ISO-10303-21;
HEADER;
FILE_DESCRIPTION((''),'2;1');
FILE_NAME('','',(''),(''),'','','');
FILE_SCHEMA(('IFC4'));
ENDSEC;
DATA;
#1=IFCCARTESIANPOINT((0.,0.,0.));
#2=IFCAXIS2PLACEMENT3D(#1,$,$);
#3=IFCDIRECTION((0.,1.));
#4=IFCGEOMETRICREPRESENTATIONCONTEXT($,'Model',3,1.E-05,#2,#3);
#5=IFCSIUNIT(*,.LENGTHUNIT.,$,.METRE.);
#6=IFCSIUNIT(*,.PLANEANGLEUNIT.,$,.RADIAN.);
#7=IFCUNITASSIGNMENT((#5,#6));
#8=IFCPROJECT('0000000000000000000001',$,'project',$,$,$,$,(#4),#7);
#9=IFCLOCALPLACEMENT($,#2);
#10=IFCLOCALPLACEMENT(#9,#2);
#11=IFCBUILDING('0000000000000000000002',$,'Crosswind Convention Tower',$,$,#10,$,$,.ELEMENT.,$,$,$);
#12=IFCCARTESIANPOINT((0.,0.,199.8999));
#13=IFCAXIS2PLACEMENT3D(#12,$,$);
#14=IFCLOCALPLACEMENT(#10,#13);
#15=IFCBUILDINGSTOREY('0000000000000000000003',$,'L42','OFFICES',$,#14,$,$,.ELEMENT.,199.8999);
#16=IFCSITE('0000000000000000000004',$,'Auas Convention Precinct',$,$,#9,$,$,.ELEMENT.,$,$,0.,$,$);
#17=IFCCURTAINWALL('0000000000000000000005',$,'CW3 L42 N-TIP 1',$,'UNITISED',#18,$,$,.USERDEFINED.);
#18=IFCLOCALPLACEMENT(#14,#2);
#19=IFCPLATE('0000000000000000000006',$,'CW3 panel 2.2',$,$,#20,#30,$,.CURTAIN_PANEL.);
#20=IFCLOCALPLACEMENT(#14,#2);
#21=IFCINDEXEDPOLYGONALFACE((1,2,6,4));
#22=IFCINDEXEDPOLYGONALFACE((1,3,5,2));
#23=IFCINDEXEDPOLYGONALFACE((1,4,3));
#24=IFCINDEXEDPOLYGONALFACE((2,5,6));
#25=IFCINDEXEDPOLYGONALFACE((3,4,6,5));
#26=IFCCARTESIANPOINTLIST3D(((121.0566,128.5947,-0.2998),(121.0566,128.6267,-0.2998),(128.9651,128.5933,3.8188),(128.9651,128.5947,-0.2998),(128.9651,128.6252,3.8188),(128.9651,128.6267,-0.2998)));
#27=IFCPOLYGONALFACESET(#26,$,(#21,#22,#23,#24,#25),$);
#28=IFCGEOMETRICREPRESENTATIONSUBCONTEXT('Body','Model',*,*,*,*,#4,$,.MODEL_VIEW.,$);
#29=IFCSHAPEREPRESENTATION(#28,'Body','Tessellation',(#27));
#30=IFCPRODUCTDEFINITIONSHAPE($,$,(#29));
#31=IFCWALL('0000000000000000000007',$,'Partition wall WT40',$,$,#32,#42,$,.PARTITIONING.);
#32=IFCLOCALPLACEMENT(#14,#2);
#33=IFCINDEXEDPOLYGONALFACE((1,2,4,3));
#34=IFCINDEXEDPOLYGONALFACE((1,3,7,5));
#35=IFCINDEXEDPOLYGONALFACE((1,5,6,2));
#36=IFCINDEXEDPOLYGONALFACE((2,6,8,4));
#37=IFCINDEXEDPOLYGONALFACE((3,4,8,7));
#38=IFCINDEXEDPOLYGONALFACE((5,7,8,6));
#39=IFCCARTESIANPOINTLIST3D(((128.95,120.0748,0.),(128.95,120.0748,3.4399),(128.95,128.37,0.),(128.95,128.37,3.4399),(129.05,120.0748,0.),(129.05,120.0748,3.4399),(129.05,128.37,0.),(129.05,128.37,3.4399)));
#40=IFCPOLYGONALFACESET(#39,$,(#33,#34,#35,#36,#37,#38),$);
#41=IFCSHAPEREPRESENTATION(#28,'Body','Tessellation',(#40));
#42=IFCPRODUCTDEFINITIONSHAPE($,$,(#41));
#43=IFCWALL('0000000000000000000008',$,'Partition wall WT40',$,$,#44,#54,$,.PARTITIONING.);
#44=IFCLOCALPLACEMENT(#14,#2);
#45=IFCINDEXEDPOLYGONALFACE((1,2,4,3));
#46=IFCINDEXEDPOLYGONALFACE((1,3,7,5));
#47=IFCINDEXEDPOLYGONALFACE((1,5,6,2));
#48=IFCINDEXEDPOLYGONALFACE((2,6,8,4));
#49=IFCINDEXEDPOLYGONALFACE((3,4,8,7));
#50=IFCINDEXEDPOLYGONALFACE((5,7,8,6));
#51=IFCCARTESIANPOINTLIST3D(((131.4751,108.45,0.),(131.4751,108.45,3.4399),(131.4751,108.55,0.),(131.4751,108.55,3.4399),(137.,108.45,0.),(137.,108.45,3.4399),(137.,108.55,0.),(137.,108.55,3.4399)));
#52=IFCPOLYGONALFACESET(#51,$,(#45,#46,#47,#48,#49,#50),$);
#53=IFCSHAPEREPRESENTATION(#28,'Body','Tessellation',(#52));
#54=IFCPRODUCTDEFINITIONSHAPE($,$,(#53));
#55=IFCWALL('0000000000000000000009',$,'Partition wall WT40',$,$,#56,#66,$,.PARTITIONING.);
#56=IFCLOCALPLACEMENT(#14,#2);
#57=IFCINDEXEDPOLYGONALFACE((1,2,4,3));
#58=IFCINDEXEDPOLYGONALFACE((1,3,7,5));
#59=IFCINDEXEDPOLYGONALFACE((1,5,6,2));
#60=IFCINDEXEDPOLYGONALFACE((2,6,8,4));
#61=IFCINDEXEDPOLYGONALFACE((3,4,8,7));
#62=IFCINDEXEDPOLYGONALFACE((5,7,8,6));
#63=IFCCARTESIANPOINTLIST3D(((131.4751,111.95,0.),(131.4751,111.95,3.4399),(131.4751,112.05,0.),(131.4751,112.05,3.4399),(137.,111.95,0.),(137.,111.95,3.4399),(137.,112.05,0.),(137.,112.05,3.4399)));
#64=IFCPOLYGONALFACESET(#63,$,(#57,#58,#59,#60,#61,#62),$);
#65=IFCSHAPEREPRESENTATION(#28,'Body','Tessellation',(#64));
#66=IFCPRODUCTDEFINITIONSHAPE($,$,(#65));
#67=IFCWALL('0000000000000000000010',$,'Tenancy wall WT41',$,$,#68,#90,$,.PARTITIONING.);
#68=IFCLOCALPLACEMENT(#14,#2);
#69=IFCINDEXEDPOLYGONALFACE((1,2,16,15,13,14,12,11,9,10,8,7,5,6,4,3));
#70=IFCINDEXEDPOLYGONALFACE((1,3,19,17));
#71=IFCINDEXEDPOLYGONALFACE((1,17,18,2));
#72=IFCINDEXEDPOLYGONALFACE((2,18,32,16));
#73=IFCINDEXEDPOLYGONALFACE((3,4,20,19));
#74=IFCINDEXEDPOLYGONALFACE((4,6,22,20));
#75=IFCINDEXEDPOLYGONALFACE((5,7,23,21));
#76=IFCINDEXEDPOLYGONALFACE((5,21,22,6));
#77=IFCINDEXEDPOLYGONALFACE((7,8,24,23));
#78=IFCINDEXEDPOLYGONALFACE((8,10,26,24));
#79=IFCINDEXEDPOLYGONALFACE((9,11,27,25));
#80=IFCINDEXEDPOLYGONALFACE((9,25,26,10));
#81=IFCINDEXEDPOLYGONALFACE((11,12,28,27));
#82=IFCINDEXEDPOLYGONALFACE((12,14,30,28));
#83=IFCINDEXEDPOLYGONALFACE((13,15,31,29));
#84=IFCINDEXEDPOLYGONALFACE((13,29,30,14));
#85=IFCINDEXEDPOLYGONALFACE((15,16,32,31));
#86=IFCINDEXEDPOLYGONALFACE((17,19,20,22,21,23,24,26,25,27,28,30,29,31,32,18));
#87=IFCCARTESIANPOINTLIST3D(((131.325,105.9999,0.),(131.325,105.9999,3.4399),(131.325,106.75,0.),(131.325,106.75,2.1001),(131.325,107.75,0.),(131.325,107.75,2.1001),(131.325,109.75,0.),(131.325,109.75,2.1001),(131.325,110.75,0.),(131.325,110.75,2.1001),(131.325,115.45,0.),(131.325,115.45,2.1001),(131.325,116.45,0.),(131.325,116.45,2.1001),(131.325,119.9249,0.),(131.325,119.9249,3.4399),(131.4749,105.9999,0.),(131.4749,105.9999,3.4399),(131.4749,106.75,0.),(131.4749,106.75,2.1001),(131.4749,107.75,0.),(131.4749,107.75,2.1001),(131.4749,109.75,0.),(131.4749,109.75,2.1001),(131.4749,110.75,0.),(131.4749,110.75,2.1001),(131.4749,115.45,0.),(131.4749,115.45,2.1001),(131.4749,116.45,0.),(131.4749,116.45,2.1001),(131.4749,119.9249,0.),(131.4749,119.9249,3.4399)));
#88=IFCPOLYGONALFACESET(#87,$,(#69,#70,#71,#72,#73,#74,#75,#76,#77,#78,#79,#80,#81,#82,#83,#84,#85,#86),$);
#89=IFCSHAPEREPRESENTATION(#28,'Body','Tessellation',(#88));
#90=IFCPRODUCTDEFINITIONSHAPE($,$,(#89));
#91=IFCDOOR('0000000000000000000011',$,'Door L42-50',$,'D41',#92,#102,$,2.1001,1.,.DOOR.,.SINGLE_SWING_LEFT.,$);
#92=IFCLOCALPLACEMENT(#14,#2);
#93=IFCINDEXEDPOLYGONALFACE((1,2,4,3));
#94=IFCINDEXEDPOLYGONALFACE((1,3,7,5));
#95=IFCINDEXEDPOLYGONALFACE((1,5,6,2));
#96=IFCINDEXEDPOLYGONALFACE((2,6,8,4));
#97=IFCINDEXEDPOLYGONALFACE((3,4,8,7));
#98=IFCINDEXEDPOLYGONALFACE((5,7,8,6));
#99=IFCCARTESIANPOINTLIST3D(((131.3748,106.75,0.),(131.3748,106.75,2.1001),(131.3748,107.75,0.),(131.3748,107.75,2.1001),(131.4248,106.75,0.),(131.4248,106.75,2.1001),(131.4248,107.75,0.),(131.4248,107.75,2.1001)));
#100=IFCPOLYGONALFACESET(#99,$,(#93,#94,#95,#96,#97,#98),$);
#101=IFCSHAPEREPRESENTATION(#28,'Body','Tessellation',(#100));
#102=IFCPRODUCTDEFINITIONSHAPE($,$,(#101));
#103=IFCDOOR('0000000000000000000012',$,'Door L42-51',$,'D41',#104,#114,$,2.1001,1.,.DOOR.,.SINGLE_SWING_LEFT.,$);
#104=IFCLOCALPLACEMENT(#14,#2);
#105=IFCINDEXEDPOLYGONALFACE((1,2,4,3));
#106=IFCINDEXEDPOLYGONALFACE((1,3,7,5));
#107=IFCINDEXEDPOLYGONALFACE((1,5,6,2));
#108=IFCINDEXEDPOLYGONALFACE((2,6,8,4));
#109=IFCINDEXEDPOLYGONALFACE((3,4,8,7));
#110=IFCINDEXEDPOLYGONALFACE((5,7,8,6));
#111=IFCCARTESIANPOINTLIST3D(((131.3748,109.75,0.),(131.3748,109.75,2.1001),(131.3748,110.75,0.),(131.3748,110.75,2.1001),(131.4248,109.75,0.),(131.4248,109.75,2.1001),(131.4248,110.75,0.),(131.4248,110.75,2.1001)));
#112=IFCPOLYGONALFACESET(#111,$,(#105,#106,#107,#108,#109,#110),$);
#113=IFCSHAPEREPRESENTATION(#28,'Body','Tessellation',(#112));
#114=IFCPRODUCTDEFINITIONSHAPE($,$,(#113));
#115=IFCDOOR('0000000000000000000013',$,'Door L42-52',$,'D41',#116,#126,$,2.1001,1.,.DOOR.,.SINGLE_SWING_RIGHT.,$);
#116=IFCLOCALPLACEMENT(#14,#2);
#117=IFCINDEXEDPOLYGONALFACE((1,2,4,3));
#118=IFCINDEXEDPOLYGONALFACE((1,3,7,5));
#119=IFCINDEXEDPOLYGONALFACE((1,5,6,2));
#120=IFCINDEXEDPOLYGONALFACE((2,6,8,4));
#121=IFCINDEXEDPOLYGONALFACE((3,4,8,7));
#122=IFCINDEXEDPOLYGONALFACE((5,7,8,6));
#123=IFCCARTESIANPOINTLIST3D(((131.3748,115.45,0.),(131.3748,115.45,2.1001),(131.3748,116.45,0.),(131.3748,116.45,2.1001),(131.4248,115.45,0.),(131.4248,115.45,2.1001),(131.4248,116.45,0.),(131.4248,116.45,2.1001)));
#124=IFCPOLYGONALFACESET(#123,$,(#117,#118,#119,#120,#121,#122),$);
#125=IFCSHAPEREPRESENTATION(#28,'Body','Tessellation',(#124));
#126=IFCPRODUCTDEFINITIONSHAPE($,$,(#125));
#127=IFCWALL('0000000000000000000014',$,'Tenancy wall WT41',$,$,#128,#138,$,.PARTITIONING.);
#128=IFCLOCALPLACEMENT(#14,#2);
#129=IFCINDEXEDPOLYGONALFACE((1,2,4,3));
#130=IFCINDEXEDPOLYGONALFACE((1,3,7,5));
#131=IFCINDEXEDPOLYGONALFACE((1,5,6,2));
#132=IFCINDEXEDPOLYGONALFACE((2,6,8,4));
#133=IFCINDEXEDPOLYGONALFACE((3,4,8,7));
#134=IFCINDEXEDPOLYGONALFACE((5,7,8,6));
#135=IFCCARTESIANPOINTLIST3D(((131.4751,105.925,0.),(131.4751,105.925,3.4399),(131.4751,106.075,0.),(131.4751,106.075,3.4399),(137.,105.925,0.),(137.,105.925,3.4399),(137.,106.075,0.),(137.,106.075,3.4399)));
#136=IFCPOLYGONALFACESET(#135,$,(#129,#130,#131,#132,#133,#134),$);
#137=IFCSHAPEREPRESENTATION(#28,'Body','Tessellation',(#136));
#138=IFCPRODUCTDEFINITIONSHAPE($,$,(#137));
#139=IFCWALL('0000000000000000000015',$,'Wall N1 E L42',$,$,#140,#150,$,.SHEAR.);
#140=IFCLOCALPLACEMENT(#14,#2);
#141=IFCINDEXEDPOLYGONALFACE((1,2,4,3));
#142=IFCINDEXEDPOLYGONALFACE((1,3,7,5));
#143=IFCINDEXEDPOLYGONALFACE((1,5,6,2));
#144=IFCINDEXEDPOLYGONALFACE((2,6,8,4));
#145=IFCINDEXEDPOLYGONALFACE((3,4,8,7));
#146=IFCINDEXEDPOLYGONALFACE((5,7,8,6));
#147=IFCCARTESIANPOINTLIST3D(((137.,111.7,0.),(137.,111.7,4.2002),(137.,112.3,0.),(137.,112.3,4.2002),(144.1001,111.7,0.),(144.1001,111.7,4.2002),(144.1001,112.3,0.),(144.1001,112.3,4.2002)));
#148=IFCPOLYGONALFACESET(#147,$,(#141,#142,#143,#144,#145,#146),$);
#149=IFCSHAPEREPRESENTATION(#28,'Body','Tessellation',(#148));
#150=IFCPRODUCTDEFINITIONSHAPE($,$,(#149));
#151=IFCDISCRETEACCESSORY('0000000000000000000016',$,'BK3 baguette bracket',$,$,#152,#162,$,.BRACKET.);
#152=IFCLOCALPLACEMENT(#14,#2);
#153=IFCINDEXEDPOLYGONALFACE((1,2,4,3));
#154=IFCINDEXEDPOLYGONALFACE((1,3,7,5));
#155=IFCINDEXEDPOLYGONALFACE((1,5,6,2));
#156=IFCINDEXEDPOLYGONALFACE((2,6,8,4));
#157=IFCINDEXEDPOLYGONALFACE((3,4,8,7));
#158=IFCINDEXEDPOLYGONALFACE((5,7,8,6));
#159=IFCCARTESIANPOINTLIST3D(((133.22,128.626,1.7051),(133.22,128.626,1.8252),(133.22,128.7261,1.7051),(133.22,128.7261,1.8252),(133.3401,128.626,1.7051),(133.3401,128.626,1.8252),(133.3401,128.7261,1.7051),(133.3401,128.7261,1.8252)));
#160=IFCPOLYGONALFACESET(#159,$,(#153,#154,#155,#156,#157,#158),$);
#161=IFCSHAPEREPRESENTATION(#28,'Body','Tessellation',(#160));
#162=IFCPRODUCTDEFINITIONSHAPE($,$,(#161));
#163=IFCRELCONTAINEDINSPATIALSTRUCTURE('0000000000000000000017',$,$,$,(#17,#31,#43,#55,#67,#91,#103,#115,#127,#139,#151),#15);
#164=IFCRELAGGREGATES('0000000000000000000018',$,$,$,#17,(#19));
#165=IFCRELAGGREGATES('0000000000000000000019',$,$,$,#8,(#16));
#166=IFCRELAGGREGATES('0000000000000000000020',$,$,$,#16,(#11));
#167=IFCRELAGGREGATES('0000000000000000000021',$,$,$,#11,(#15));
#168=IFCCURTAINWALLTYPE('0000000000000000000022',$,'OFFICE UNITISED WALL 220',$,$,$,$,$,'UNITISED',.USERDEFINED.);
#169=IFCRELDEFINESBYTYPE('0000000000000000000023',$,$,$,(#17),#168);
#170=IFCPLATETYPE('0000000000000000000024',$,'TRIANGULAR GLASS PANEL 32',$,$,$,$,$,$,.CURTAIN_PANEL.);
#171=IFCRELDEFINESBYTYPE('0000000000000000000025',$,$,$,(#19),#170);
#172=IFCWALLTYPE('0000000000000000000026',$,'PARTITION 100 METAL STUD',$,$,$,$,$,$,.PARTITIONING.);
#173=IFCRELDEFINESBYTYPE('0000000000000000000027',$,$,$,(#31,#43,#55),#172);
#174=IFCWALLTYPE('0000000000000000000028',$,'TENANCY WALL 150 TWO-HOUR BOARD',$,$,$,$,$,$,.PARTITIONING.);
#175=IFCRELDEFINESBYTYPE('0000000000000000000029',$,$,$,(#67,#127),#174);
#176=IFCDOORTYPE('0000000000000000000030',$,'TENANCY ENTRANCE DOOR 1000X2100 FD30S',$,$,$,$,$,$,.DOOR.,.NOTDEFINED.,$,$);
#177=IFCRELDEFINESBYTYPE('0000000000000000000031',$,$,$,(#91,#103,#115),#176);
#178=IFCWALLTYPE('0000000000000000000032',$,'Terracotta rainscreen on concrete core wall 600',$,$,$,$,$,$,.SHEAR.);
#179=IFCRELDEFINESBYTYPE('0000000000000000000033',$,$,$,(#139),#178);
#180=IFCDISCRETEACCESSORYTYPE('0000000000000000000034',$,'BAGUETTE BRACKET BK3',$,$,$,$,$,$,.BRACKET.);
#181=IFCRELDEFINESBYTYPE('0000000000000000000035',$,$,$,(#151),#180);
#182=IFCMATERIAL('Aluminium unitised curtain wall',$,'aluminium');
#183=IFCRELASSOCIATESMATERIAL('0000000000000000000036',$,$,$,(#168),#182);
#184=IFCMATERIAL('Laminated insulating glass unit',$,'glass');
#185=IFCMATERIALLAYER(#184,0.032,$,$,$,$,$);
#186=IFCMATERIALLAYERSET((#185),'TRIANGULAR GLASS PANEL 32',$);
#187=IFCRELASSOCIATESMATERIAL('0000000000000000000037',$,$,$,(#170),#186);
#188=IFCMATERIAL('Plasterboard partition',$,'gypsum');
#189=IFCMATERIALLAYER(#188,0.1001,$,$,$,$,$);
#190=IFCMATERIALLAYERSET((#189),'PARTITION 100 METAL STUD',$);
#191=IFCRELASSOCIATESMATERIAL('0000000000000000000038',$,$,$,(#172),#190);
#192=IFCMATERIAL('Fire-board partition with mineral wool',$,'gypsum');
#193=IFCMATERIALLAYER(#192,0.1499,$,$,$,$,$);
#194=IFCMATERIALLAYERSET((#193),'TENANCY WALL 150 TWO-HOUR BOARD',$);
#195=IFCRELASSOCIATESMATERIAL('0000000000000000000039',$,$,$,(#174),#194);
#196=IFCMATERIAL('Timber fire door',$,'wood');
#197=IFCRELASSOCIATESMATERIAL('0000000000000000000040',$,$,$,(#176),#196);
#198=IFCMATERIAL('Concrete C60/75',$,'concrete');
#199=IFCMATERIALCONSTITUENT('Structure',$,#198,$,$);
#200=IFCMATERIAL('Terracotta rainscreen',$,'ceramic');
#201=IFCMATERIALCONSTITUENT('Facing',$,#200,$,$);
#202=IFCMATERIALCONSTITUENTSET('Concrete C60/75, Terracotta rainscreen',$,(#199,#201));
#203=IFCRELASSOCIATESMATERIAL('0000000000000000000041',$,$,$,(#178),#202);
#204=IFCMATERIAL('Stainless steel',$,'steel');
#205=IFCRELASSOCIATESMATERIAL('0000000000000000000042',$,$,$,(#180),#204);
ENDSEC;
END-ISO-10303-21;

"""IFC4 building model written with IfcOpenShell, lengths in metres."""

from ifc_helpers import new_model, si_unit, direction, frame, frame_2d, origin, origin_2d, place, context, subcontext, project, spatial, polyline, rectangle, outline, extrude, material, layer, layer_set, constituent, constituent_set, type_object, element, fill, aggregate, save


model = new_model("IFC4")

# Units and contexts
model_context = context("Model", 3, precision=1e-05, world=origin(), true_north=direction((0.0, 1.0)))
body_context = subcontext(model_context, "Body", "Model", "MODEL_VIEW")
ifc_project = project(units=[si_unit("LENGTHUNIT", "METRE"), si_unit("PLANEANGLEUNIT", "RADIAN")], contexts=[model_context])

# Site, building, storey
site_placement = place(None, origin())
site = spatial("IfcSite", under=ifc_project, at=site_placement, Name="Auas Convention Precinct", CompositionType="ELEMENT", RefElevation=0.0)
building_placement = place(site_placement, origin())
building = spatial("IfcBuilding", under=site, at=building_placement, Name="Crosswind Convention Tower", CompositionType="ELEMENT")
storey_placement = place(building_placement, frame((0.0, 0.0, 199.8999)))
storey = spatial("IfcBuildingStorey", under=building, at=storey_placement, Name="L42", Description="OFFICES", CompositionType="ELEMENT", Elevation=199.8999)

# Shared definitions
ifc_material_1 = material(Name="Concrete C60/75", Category="concrete")

# Curtain wall
ifc_material_2 = material(Name="Aluminium unitised curtain wall", Category="aluminium")
curtain_wall_type = type_object("IfcCurtainWallType", Name="OFFICE UNITISED WALL 220", ElementType="UNITISED", PredefinedType="USERDEFINED", material=ifc_material_2)
curtain_wall_placement = place(storey_placement, origin())
curtain_wall = element("IfcCurtainWall", 1, at=curtain_wall_placement, inside=storey, type_object=curtain_wall_type, Name="CW3 L42 N-TIP 1", ObjectType="UNITISED", PredefinedType="USERDEFINED")

# Plate
ifc_material_3 = material(Name="Laminated insulating glass unit", Category="glass")
ifc_layer_1 = layer(ifc_material_3, 0.032)
ifc_layer_set_1 = layer_set([ifc_layer_1], Name="TRIANGULAR GLASS PANEL 32")
plate_type = type_object("IfcPlateType", Name="TRIANGULAR GLASS PANEL 32", PredefinedType="CURTAIN_PANEL", material=ifc_layer_set_1)
plate_1_placement = place(storey_placement, frame((128.9651, 128.6267, -0.2998), z_axis=(0.0, 1.0, 0.000356), x_axis=(-1.0, 0.0, 0.0)))
plate_1 = element("IfcPlate", 2, at=plate_1_placement, type_object=plate_type, Name="CW3 panel 2.2", PredefinedType="CURTAIN_PANEL", context=body_context, shape_type="SweptSolid", body=[
    extrude(outline(polyline([(0.0, 0.0), (7.9084, 0.0), (0.0, 4.1187), (0.0, 0.0)])), origin(), (0.0, 0.0, -1.0), 0.032),
])
aggregate(curtain_wall, [plate_1])

# Walls
ifc_material_4 = material(Name="Plasterboard partition", Category="gypsum")
ifc_layer_2 = layer(ifc_material_4, 0.1001)
ifc_layer_set_2 = layer_set([ifc_layer_2], Name="PARTITION 100 METAL STUD")
wall_type_1 = type_object("IfcWallType", Name="PARTITION 100 METAL STUD", PredefinedType="PARTITIONING", material=ifc_layer_set_2)
wall_1_placement = place(storey_placement, frame((129.0, 120.075, 0.0), z_axis=(0.0, 0.0, 1.0), x_axis=(0.0, 1.0, 0.0)))
element("IfcWall", 3, at=wall_1_placement, inside=storey, type_object=wall_type_1, Name="Partition wall WT40", PredefinedType="PARTITIONING", context=body_context, shape_type="SweptSolid", body=[
    extrude(rectangle(XDim=8.2952, YDim=0.1001, at=frame_2d((4.1475, 0.0))), origin(), (0.0, 0.0, 1.0), 3.4399),
])
for number, where, z_axis, x_axis, name in (
    (4, (131.4751, 108.5, 0.0), (0.0, 0.0, 1.0), (1.0, 0.0, 0.0), "Partition wall WT40"),
    (5, (131.4751, 112.0, 0.0), (0.0, 0.0, 1.0), (1.0, 0.0, 0.0), "Partition wall WT40"),
):
    element("IfcWall", number, at=place(storey_placement, frame(where, z_axis=z_axis, x_axis=x_axis)), inside=storey, type_object=wall_type_1, Name=name, PredefinedType="PARTITIONING", context=body_context, shape_type="SweptSolid", body=[
        extrude(rectangle(XDim=5.5249, YDim=0.1001, at=frame_2d((2.7625, 0.0))), origin(), (0.0, 0.0, 1.0), 3.4399),
    ])

# Wall, openings, doors
ifc_material_5 = material(Name="Fire-board partition with mineral wool", Category="gypsum")
ifc_layer_3 = layer(ifc_material_5, 0.1499)
ifc_layer_set_3 = layer_set([ifc_layer_3], Name="TENANCY WALL 150 TWO-HOUR BOARD")
wall_type_2 = type_object("IfcWallType", Name="TENANCY WALL 150 TWO-HOUR BOARD", PredefinedType="PARTITIONING", material=ifc_layer_set_3)
wall_2_placement = place(storey_placement, frame((131.3999, 106.0, 0.0), z_axis=(0.0, 0.0, 1.0), x_axis=(0.0, 1.0, 0.0)))
wall_2 = element("IfcWall", 6, at=wall_2_placement, inside=storey, type_object=wall_type_2, Name="Tenancy wall WT41", PredefinedType="PARTITIONING", context=body_context, shape_type="SweptSolid", body=[
    extrude(rectangle(XDim=13.925, YDim=0.1499, at=frame_2d((6.9624, 0.0))), origin(), (0.0, 0.0, 1.0), 3.4399),
])
opening_1_placement = place(wall_2_placement, frame((0.75, 0.0, 0.0)))
opening_1 = element("IfcOpeningElement", 7, at=opening_1_placement, cuts=wall_2, PredefinedType="OPENING", context=body_context, shape_type="SweptSolid", body=[
    extrude(rectangle(XDim=1.0, YDim=2.1001, at=frame_2d((0.5, 1.05))), frame((0.0, 0.085, 0.0), z_axis=(0.0, -1.0, 0.0), x_axis=(1.0, 0.0, 0.0)), (0.0, 0.0, 1.0), 0.1699),
])
opening_2_placement = place(wall_2_placement, frame((3.75, 0.0, 0.0)))
opening_2 = element("IfcOpeningElement", 8, at=opening_2_placement, cuts=wall_2, PredefinedType="OPENING", context=body_context, shape_type="SweptSolid", body=[
    extrude(rectangle(XDim=1.0, YDim=2.1001, at=frame_2d((0.5, 1.05))), frame((0.0, 0.085, 0.0), z_axis=(0.0, -1.0, 0.0), x_axis=(1.0, 0.0, 0.0)), (0.0, 0.0, 1.0), 0.1699),
])
opening_3_placement = place(wall_2_placement, frame((9.45, 0.0, 0.0)))
opening_3 = element("IfcOpeningElement", 9, at=opening_3_placement, cuts=wall_2, PredefinedType="OPENING", context=body_context, shape_type="SweptSolid", body=[
    extrude(rectangle(XDim=1.0, YDim=2.1001, at=frame_2d((0.5, 1.05))), frame((0.0, 0.085, 0.0), z_axis=(0.0, -1.0, 0.0), x_axis=(1.0, 0.0, 0.0)), (0.0, 0.0, 1.0), 0.1699),
])
ifc_material_6 = material(Name="Timber fire door", Category="wood")
door_type = type_object("IfcDoorType", Name="TENANCY ENTRANCE DOOR 1000X2100 FD30S", OperationType="NOTDEFINED", PredefinedType="DOOR", material=ifc_material_6)
door_1_placement = place(opening_1_placement, frame((1.0, 0.0, 0.0), z_axis=(0.0, 0.0, 1.0), x_axis=(-1.0, 0.0, 0.0)))
door_1 = element("IfcDoor", 10, at=door_1_placement, inside=storey, type_object=door_type, Name="Door L42-50", ObjectType="D41", OperationType="SINGLE_SWING_LEFT", OverallHeight=2.1001, OverallWidth=1.0, PredefinedType="DOOR", context=body_context, shape_type="SweptSolid", body=[
    extrude(rectangle(XDim=1.0, YDim=2.1001, at=frame_2d((0.5, 1.05))), frame((0.0, 0.0249, 0.0), z_axis=(0.0, -1.0, 0.0), x_axis=(1.0, 0.0, 0.0)), (0.0, 0.0, 1.0), 0.05),
])
fill(opening_1, door_1)
door_2_placement = place(opening_2_placement, frame((1.0, 0.0, 0.0), z_axis=(0.0, 0.0, 1.0), x_axis=(-1.0, 0.0, 0.0)))
door_2 = element("IfcDoor", 11, at=door_2_placement, inside=storey, type_object=door_type, Name="Door L42-51", ObjectType="D41", OperationType="SINGLE_SWING_LEFT", OverallHeight=2.1001, OverallWidth=1.0, PredefinedType="DOOR", context=body_context, shape_type="SweptSolid", body=[
    extrude(rectangle(XDim=1.0, YDim=2.1001, at=frame_2d((0.5, 1.05))), frame((0.0, 0.0249, 0.0), z_axis=(0.0, -1.0, 0.0), x_axis=(1.0, 0.0, 0.0)), (0.0, 0.0, 1.0), 0.05),
])
fill(opening_2, door_2)
door_3_placement = place(opening_3_placement, frame((1.0, 0.0, 0.0), z_axis=(0.0, 0.0, 1.0), x_axis=(-1.0, 0.0, 0.0)))
door_3 = element("IfcDoor", 12, at=door_3_placement, inside=storey, type_object=door_type, Name="Door L42-52", ObjectType="D41", OperationType="SINGLE_SWING_RIGHT", OverallHeight=2.1001, OverallWidth=1.0, PredefinedType="DOOR", context=body_context, shape_type="SweptSolid", body=[
    extrude(rectangle(XDim=1.0, YDim=2.1001, at=frame_2d((0.5, 1.05))), frame((0.0, 0.0249, 0.0), z_axis=(0.0, -1.0, 0.0), x_axis=(1.0, 0.0, 0.0)), (0.0, 0.0, 1.0), 0.05),
])
fill(opening_3, door_3)

# Walls
wall_3_placement = place(storey_placement, frame((131.4751, 106.0, 0.0), z_axis=(0.0, 0.0, 1.0), x_axis=(1.0, 0.0, 0.0)))
element("IfcWall", 13, at=wall_3_placement, inside=storey, type_object=wall_type_2, Name="Tenancy wall WT41", PredefinedType="PARTITIONING", context=body_context, shape_type="SweptSolid", body=[
    extrude(rectangle(XDim=5.5249, YDim=0.1499, at=frame_2d((2.7625, 0.0))), origin(), (0.0, 0.0, 1.0), 3.4399),
])
ifc_constituent_1 = constituent(ifc_material_1, Name="Structure")
ifc_material_7 = material(Name="Terracotta rainscreen", Category="ceramic")
ifc_constituent_2 = constituent(ifc_material_7, Name="Facing")
ifc_constituent_set = constituent_set(constituents=[ifc_constituent_1, ifc_constituent_2], Name="Concrete C60/75, Terracotta rainscreen")
wall_type_3 = type_object("IfcWallType", Name="Terracotta rainscreen on concrete core wall 600", PredefinedType="SHEAR", material=ifc_constituent_set)
wall_4_placement = place(storey_placement, frame((137.0, 112.0, 0.0), z_axis=(0.0, 0.0, 1.0), x_axis=(1.0, 0.0, 0.0)))
element("IfcWall", 14, at=wall_4_placement, inside=storey, type_object=wall_type_3, Name="Wall N1 E L42", PredefinedType="SHEAR", context=body_context, shape_type="SweptSolid", body=[
    extrude(rectangle(XDim=7.1001, YDim=0.6001, at=frame_2d((3.55, 0.0))), origin(), (0.0, 0.0, 1.0), 4.2002),
])

# Discrete accessory
ifc_material_8 = material(Name="Stainless steel", Category="steel")
discrete_accessory_type = type_object("IfcDiscreteAccessoryType", Name="BAGUETTE BRACKET BK3", PredefinedType="BRACKET", material=ifc_material_8)
discrete_accessory_placement = place(storey_placement, frame((133.28, 128.676, 1.7051), z_axis=(0.0, 0.0, 1.0), x_axis=(-1.0, 0.0, 0.0)))
element("IfcDiscreteAccessory", 15, at=discrete_accessory_placement, inside=storey, type_object=discrete_accessory_type, Name="BK3 baguette bracket", PredefinedType="BRACKET", context=body_context, shape_type="SweptSolid", body=[
    extrude(rectangle(XDim=0.1201, YDim=0.1001, at=origin_2d()), origin(), (0.0, 0.0, 1.0), 0.1201),
])

save(model, "model.ifc")
